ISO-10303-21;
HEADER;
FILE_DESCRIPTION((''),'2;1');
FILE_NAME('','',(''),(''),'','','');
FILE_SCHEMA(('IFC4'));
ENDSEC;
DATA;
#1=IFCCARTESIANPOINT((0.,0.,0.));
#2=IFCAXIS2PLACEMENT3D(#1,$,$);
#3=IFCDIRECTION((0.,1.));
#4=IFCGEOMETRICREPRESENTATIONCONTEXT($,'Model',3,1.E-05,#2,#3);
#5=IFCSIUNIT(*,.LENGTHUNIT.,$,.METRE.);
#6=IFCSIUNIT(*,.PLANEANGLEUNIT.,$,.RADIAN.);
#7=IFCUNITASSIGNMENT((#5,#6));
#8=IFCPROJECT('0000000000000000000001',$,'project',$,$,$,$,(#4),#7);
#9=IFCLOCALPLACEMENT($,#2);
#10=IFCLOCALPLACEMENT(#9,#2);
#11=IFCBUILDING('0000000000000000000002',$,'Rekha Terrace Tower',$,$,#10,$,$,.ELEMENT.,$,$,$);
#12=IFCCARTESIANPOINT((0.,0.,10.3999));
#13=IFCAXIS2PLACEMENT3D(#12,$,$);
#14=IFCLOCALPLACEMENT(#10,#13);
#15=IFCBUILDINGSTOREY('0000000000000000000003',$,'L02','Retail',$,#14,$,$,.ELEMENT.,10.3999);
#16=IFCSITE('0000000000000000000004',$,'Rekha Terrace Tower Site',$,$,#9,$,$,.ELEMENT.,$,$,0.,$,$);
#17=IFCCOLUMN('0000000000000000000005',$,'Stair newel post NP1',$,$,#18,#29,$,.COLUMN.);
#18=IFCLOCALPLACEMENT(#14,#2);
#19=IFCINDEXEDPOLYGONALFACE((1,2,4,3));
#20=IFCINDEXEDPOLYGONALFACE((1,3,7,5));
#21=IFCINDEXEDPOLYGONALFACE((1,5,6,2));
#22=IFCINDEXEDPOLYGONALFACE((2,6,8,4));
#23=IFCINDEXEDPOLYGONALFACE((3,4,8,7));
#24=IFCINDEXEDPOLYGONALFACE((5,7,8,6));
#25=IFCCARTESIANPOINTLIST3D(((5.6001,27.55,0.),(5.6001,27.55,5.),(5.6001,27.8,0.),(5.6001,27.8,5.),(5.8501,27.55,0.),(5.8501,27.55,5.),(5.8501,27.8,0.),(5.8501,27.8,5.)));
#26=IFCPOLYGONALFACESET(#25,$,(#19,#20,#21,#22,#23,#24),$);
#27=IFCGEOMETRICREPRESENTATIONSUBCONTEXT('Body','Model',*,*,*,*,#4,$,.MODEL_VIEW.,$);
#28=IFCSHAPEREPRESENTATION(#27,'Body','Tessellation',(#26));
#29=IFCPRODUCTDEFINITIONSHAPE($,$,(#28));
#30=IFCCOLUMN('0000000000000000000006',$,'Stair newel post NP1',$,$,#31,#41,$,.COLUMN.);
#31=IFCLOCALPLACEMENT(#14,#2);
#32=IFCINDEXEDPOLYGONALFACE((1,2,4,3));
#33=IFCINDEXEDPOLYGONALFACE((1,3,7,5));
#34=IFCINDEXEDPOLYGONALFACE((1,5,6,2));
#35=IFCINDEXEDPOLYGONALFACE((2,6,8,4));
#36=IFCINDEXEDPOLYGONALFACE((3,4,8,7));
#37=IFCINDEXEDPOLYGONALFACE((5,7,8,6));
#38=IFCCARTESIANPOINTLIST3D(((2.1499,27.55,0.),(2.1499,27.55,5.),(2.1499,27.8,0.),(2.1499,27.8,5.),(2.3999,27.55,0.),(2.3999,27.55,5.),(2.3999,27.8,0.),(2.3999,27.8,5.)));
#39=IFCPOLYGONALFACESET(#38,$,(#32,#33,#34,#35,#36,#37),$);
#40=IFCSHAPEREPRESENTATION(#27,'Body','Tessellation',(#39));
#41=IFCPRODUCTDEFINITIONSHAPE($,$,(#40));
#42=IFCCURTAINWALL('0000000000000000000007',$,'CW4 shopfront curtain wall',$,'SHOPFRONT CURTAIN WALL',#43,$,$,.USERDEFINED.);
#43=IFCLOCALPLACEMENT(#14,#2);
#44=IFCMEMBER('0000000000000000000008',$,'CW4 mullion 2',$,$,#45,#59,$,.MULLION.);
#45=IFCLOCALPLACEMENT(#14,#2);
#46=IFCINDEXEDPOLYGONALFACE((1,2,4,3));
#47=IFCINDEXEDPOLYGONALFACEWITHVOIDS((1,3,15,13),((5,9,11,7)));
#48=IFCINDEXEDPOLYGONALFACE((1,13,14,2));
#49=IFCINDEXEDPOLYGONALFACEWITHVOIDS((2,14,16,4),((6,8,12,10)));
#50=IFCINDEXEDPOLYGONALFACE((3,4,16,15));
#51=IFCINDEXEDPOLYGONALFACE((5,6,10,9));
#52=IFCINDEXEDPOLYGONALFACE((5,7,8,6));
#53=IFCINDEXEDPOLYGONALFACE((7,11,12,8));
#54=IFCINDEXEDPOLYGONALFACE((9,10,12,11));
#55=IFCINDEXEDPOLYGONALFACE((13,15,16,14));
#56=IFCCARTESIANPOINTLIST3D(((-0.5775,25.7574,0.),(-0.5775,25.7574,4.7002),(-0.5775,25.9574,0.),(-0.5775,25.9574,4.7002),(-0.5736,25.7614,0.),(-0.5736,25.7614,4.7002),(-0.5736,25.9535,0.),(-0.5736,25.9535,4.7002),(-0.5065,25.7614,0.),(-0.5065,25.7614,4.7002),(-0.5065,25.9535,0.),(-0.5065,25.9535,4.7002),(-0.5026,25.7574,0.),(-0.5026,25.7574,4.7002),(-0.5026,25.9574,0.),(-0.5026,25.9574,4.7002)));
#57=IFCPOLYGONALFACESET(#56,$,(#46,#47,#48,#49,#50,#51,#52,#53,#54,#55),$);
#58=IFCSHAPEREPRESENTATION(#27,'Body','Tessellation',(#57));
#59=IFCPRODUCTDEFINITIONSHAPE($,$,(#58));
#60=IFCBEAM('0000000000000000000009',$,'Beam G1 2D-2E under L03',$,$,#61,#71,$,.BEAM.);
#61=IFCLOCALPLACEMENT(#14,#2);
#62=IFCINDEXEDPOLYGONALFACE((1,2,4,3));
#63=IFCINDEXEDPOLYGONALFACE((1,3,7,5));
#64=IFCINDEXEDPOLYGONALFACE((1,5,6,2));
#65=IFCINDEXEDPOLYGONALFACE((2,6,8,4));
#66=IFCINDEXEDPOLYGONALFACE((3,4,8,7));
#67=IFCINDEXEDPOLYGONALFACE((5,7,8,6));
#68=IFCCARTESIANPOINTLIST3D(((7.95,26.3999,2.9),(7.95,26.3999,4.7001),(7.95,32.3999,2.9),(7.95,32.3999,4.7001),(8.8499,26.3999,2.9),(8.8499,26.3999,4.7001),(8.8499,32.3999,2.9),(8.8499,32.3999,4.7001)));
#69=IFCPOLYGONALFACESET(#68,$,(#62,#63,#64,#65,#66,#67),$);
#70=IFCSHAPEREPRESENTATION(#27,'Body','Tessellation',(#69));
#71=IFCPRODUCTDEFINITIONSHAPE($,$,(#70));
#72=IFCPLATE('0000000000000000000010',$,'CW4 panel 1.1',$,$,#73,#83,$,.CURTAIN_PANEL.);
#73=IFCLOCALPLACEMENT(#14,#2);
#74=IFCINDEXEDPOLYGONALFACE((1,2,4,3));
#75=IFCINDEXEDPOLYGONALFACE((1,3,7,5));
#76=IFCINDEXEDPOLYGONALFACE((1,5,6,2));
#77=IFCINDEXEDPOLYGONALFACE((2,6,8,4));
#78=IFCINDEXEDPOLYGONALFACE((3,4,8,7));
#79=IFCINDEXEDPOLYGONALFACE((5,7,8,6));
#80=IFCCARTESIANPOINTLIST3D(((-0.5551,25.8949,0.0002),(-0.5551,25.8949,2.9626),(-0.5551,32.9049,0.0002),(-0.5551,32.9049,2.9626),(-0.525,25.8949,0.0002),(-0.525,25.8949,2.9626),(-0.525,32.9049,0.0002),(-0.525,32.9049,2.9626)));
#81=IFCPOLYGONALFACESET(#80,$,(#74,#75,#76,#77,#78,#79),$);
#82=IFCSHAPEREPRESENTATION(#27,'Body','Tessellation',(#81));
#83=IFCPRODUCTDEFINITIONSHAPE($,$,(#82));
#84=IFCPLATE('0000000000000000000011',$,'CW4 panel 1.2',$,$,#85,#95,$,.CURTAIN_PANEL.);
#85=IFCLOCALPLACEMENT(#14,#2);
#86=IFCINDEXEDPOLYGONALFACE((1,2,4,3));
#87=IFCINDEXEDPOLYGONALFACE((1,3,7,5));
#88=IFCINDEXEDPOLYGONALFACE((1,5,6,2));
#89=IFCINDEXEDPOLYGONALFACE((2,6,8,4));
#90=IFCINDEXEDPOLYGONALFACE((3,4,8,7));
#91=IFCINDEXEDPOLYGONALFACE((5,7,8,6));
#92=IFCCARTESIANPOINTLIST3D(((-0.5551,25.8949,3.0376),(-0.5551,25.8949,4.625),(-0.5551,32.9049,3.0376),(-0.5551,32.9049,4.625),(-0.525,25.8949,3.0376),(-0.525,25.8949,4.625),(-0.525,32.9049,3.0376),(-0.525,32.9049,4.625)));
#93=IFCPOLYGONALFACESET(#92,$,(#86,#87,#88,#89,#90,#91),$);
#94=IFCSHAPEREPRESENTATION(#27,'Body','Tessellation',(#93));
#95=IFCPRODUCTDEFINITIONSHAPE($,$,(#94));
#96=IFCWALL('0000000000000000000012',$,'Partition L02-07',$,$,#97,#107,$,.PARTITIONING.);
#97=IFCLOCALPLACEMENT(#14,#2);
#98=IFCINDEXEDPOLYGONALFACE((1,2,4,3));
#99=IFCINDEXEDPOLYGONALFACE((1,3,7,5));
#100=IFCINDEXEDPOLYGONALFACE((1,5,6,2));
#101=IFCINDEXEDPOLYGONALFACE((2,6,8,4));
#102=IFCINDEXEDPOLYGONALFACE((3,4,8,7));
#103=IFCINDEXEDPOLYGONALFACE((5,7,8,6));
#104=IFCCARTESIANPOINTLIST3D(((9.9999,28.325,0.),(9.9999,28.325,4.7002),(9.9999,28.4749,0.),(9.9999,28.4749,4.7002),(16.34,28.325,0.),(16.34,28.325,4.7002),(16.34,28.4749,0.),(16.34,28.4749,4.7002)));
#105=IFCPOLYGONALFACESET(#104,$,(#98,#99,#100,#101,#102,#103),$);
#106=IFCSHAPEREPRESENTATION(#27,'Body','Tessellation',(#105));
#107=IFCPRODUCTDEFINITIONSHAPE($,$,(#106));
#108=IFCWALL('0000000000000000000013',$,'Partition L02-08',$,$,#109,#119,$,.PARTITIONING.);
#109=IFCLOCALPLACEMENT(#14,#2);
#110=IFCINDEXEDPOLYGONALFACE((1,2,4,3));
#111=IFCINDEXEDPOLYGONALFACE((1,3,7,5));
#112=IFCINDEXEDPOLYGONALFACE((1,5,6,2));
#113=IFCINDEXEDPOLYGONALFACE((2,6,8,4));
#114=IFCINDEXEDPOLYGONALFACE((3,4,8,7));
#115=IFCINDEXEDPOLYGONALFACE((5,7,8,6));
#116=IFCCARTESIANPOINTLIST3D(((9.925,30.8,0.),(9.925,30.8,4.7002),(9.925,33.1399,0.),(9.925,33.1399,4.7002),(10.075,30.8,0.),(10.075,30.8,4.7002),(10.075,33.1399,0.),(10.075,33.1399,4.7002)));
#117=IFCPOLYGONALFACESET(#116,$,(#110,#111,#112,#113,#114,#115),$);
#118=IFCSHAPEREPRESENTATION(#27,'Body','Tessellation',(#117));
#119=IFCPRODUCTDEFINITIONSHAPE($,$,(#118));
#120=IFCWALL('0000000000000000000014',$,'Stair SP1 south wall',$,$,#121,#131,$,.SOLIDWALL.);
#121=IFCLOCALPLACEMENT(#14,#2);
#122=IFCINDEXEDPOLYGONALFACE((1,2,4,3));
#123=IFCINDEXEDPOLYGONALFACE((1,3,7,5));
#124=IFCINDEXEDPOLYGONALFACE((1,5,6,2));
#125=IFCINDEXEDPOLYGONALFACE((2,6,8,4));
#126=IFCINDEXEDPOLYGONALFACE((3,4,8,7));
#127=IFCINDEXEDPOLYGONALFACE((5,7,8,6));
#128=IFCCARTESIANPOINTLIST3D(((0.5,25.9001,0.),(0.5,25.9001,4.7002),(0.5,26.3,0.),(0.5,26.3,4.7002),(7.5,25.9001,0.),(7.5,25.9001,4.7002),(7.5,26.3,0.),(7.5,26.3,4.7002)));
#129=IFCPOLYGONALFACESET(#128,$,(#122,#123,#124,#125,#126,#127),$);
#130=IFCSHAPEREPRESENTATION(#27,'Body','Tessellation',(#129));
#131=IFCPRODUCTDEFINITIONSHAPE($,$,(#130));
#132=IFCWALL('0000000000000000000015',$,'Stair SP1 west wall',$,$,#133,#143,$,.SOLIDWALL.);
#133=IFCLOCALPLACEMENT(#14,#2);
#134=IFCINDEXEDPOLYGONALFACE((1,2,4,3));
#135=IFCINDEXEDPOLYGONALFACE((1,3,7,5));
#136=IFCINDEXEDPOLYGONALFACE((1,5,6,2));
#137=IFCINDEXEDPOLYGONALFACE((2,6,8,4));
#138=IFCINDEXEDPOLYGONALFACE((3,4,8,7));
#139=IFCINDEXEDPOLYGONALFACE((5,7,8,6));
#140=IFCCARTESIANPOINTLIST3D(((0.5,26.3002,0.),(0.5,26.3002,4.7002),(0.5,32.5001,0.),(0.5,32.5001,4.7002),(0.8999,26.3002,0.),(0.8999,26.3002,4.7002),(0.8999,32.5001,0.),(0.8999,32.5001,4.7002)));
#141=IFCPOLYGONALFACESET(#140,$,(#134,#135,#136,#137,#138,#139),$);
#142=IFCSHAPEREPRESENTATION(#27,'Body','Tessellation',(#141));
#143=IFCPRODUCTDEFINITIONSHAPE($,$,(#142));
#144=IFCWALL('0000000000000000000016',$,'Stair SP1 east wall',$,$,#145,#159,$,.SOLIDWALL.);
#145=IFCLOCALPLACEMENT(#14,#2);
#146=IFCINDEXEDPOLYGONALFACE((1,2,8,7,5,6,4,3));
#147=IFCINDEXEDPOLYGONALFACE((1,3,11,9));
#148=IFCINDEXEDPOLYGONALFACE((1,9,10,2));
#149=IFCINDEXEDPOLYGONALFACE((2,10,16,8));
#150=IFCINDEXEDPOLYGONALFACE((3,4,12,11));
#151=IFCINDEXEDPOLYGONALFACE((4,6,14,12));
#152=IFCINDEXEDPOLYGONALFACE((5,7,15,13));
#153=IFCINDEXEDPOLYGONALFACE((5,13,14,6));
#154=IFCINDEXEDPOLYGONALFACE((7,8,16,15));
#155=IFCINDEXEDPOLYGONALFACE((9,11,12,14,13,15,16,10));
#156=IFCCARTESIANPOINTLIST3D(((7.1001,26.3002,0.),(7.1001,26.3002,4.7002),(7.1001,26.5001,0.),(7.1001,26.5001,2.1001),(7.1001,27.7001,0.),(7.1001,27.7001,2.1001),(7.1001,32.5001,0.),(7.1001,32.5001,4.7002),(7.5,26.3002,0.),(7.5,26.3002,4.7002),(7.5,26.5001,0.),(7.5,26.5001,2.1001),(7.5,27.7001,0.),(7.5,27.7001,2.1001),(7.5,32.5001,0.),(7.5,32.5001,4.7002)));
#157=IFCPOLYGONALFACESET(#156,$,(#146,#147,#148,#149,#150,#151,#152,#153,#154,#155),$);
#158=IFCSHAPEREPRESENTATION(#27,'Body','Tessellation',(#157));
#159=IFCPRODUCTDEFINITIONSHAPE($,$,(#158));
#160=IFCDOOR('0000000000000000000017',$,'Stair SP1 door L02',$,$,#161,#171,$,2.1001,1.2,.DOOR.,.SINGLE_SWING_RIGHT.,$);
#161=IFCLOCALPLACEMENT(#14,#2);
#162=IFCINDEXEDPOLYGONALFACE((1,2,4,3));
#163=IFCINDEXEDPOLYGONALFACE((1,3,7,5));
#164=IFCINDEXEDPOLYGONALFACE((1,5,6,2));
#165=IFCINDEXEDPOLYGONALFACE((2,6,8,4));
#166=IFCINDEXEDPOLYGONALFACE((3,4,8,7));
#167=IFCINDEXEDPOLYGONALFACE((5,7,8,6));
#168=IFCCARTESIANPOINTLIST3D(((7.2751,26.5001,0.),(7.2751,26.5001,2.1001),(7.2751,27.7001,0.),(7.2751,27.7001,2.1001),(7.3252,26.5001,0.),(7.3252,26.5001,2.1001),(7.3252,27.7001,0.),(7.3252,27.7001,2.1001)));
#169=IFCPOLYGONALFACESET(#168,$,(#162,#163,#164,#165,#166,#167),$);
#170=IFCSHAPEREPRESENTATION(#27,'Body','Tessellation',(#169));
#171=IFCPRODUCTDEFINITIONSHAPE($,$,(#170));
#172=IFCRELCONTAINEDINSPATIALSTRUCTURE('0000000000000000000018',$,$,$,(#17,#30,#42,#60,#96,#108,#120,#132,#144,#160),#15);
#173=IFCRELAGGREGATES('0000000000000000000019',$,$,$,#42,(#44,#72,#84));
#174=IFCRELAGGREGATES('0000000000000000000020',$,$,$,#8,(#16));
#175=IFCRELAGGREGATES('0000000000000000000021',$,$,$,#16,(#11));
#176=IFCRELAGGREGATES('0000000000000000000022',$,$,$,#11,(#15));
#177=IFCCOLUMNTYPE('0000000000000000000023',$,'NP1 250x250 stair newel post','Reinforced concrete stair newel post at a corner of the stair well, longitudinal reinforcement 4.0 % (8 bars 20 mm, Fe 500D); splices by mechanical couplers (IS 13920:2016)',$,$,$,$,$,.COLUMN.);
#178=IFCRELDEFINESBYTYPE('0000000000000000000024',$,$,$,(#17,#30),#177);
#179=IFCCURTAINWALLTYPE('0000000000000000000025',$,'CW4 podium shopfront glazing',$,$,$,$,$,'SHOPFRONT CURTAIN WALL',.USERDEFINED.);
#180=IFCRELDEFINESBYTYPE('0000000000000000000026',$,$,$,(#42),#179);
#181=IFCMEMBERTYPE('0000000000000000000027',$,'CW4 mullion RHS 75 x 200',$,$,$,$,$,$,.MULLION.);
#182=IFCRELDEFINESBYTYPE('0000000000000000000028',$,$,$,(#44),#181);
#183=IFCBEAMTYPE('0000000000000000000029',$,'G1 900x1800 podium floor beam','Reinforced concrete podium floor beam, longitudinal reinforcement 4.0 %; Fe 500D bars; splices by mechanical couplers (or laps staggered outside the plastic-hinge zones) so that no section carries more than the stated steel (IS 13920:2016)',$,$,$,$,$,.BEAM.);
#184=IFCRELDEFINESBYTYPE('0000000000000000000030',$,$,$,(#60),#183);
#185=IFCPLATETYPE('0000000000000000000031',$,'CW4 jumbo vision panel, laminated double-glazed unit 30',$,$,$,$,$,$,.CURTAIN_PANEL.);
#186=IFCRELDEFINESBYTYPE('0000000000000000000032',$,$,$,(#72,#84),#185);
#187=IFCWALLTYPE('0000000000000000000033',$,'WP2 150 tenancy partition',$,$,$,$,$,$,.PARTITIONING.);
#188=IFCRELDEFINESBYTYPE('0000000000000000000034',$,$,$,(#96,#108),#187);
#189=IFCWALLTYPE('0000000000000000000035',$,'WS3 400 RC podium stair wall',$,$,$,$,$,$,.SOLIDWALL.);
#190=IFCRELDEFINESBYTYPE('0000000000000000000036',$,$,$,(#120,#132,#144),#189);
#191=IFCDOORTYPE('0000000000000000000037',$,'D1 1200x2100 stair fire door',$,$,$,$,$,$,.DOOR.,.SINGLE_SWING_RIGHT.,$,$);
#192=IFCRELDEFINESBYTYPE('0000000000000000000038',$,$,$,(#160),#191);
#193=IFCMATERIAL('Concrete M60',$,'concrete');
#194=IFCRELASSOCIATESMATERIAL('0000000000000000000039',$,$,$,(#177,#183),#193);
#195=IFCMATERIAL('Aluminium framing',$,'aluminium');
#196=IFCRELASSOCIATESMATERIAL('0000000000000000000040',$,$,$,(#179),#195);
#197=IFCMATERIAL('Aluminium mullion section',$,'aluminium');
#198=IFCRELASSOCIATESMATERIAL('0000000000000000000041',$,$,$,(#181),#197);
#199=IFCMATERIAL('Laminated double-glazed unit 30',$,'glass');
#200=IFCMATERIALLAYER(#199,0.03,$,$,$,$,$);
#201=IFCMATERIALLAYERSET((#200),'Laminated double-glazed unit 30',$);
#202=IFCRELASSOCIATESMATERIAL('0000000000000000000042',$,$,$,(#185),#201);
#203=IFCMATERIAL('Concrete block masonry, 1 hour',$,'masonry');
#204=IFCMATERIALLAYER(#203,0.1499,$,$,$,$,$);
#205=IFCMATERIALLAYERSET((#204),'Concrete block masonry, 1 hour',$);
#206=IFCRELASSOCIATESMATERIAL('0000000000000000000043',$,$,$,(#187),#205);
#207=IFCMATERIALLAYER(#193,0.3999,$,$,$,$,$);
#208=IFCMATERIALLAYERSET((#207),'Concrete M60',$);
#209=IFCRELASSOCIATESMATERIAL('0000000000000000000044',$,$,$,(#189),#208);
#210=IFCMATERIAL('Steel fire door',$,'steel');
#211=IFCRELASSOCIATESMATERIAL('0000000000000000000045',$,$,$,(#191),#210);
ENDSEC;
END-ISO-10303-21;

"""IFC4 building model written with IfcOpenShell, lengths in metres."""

from ifc_helpers import new_model, si_unit, direction, frame, frame_2d, origin, origin_2d, place, context, subcontext, project, spatial, rectangle, hollow_rectangle, extrude, material, layer, layer_set, material_profile, profile_set, type_object, element, fill, aggregate, save


model = new_model("IFC4")

# Units and contexts
model_context = context("Model", 3, precision=1e-05, world=origin(), true_north=direction((0.0, 1.0)))
body_context = subcontext(model_context, "Body", "Model", "MODEL_VIEW")
ifc_project = project(units=[si_unit("LENGTHUNIT", "METRE"), si_unit("PLANEANGLEUNIT", "RADIAN")], contexts=[model_context])

# Site, building, storey
site_placement = place(None, origin())
site = spatial("IfcSite", under=ifc_project, at=site_placement, Name="Rekha Terrace Tower Site", CompositionType="ELEMENT", RefElevation=0.0)
building_placement = place(site_placement, origin())
building = spatial("IfcBuilding", under=site, at=building_placement, Name="Rekha Terrace Tower", CompositionType="ELEMENT")
storey_placement = place(building_placement, frame((0.0, 0.0, 10.3999)))
storey = spatial("IfcBuildingStorey", under=building, at=storey_placement, Name="L02", Description="Retail", CompositionType="ELEMENT", Elevation=10.3999)

# Columns
ifc_material_1 = material(Name="Concrete M60", Category="concrete")
ifc_material_profile_1 = material_profile(ifc_material_1, rectangle(XDim=0.25, YDim=0.25, at=origin_2d()), Name="RC 250x250")
ifc_profile_set_1 = profile_set([ifc_material_profile_1], Name="Concrete M60")
column_type = type_object("IfcColumnType", Name="NP1 250x250 stair newel post", Description="Reinforced concrete stair newel post at a corner of the stair well, longitudinal reinforcement 4.0 % (8 bars 20 mm, Fe 500D); splices by mechanical couplers (IS 13920:2016)", PredefinedType="COLUMN", material=ifc_profile_set_1)
for number, where, z_axis, x_axis, name in (
    (1, (5.7251, 27.675, 0.0), (0.0, 0.0, 1.0), (1.0, 0.0, 0.0), "Stair newel post NP1"),
    (2, (2.2749, 27.675, 0.0), (0.0, 0.0, 1.0), (1.0, 0.0, 0.0), "Stair newel post NP1"),
):
    element("IfcColumn", number, at=place(storey_placement, frame(where, z_axis=z_axis, x_axis=x_axis)), inside=storey, type_object=column_type, Name=name, PredefinedType="COLUMN", context=body_context, shape_type="SweptSolid", body=[
        extrude(rectangle(XDim=0.25, YDim=0.25, at=origin_2d()), origin(), (0.0, 0.0, 1.0), 5.0),
    ])

# Curtain wall, member
ifc_material_2 = material(Name="Aluminium framing", Category="aluminium")
curtain_wall_type = type_object("IfcCurtainWallType", Name="CW4 podium shopfront glazing", ElementType="SHOPFRONT CURTAIN WALL", PredefinedType="USERDEFINED", material=ifc_material_2)
curtain_wall_placement = place(storey_placement, origin())
curtain_wall = element("IfcCurtainWall", 3, at=curtain_wall_placement, inside=storey, type_object=curtain_wall_type, Name="CW4 shopfront curtain wall", ObjectType="SHOPFRONT CURTAIN WALL", PredefinedType="USERDEFINED")
ifc_material_3 = material(Name="Aluminium mullion section", Category="aluminium")
ifc_material_profile_2 = material_profile(ifc_material_3, hollow_rectangle(XDim=0.075, YDim=0.2, WallThickness=0.0039, at=origin_2d()), Name="AL RHS 75x200")
ifc_profile_set_2 = profile_set([ifc_material_profile_2], Name="Aluminium mullion section")
member_type = type_object("IfcMemberType", Name="CW4 mullion RHS 75 x 200", PredefinedType="MULLION", material=ifc_profile_set_2)
member_placement = place(storey_placement, frame((-0.54, 25.8574, 0.0), z_axis=(0.0, 0.0, 1.0), x_axis=(1.0, 0.0, 0.0)))
member = element("IfcMember", 4, at=member_placement, type_object=member_type, Name="CW4 mullion 2", PredefinedType="MULLION", context=body_context, shape_type="SweptSolid", body=[
    extrude(hollow_rectangle(XDim=0.075, YDim=0.2, WallThickness=0.0039, at=origin_2d()), origin(), (0.0, 0.0, 1.0), 4.7002),
])

# Beam
ifc_material_profile_3 = material_profile(ifc_material_1, rectangle(XDim=0.8999, YDim=1.8, at=origin_2d()), Name="RC 900x1800")
ifc_profile_set_3 = profile_set([ifc_material_profile_3], Name="Concrete M60")
beam_type = type_object("IfcBeamType", Name="G1 900x1800 podium floor beam", Description="Reinforced concrete podium floor beam, longitudinal reinforcement 4.0 %; Fe 500D bars; splices by mechanical couplers (or laps staggered outside the plastic-hinge zones) so that no section carries more than the stated steel (IS 13920:2016)", PredefinedType="BEAM", material=ifc_profile_set_3)
beam_placement = place(storey_placement, frame((8.3999, 26.3999, 3.8), z_axis=(0.0, 1.0, 0.0), x_axis=(-1.0, 0.0, 0.0)))
element("IfcBeam", 5, at=beam_placement, inside=storey, type_object=beam_type, Name="Beam G1 2D-2E under L03", PredefinedType="BEAM", context=body_context, shape_type="SweptSolid", body=[
    extrude(rectangle(XDim=0.8999, YDim=1.8, at=origin_2d()), origin(), (0.0, 0.0, 1.0), 6.0),
])

# Plates
ifc_material_4 = material(Name="Laminated double-glazed unit 30", Category="glass")
ifc_layer_1 = layer(ifc_material_4, 0.03)
ifc_layer_set_1 = layer_set([ifc_layer_1], Name="Laminated double-glazed unit 30")
plate_type = type_object("IfcPlateType", Name="CW4 jumbo vision panel, laminated double-glazed unit 30", PredefinedType="CURTAIN_PANEL", material=ifc_layer_set_1)
plate_1_placement = place(storey_placement, frame((-0.54, 29.3999, 0.0002), z_axis=(0.0, 0.0, 1.0), x_axis=(0.0, -1.0, 0.0)))
plate_1 = element("IfcPlate", 6, at=plate_1_placement, type_object=plate_type, Name="CW4 panel 1.1", PredefinedType="CURTAIN_PANEL", context=body_context, shape_type="SweptSolid", body=[
    extrude(rectangle(XDim=7.01, YDim=0.03, at=origin_2d()), origin(), (0.0, 0.0, 1.0), 2.9624),
])
plate_2_placement = place(storey_placement, frame((-0.54, 29.3999, 3.0376), z_axis=(0.0, 0.0, 1.0), x_axis=(0.0, -1.0, 0.0)))
plate_2 = element("IfcPlate", 7, at=plate_2_placement, type_object=plate_type, Name="CW4 panel 1.2", PredefinedType="CURTAIN_PANEL", context=body_context, shape_type="SweptSolid", body=[
    extrude(rectangle(XDim=7.01, YDim=0.03, at=origin_2d()), origin(), (0.0, 0.0, 1.0), 1.5874),
])
aggregate(curtain_wall, [member, plate_1, plate_2])

# Walls
ifc_material_5 = material(Name="Concrete block masonry, 1 hour", Category="masonry")
ifc_layer_2 = layer(ifc_material_5, 0.1499)
ifc_layer_set_2 = layer_set([ifc_layer_2], Name="Concrete block masonry, 1 hour")
wall_type_1 = type_object("IfcWallType", Name="WP2 150 tenancy partition", PredefinedType="PARTITIONING", material=ifc_layer_set_2)
wall_1_placement = place(storey_placement, frame((10.0, 28.3999, 0.0), z_axis=(0.0, 0.0, 1.0), x_axis=(1.0, 0.0, 0.0)))
element("IfcWall", 8, at=wall_1_placement, inside=storey, type_object=wall_type_1, Name="Partition L02-07", PredefinedType="PARTITIONING", context=body_context, shape_type="SweptSolid", body=[
    extrude(rectangle(XDim=6.3401, YDim=0.1499, at=frame_2d((3.1699, 0.0))), origin(), (0.0, 0.0, 1.0), 4.7002),
])
wall_2_placement = place(storey_placement, frame((10.0, 30.8, 0.0), z_axis=(0.0, 0.0, 1.0), x_axis=(0.0, 1.0, 0.0)))
element("IfcWall", 9, at=wall_2_placement, inside=storey, type_object=wall_type_1, Name="Partition L02-08", PredefinedType="PARTITIONING", context=body_context, shape_type="SweptSolid", body=[
    extrude(rectangle(XDim=2.3398, YDim=0.1499, at=frame_2d((1.1699, 0.0))), origin(), (0.0, 0.0, 1.0), 4.7002),
])
ifc_layer_3 = layer(ifc_material_1, 0.3999)
ifc_layer_set_3 = layer_set([ifc_layer_3], Name="Concrete M60")
wall_type_2 = type_object("IfcWallType", Name="WS3 400 RC podium stair wall", PredefinedType="SOLIDWALL", material=ifc_layer_set_3)
wall_3_placement = place(storey_placement, frame((0.5, 26.1001, 0.0), z_axis=(0.0, 0.0, 1.0), x_axis=(1.0, 0.0, 0.0)))
element("IfcWall", 10, at=wall_3_placement, inside=storey, type_object=wall_type_2, Name="Stair SP1 south wall", PredefinedType="SOLIDWALL", context=body_context, shape_type="SweptSolid", body=[
    extrude(rectangle(XDim=7.0, YDim=0.3999, at=frame_2d((3.5, 0.0))), origin(), (0.0, 0.0, 1.0), 4.7002),
])
wall_4_placement = place(storey_placement, frame((0.7, 26.3, 0.0), z_axis=(0.0, 0.0, 1.0), x_axis=(0.0, 1.0, 0.0)))
element("IfcWall", 11, at=wall_4_placement, inside=storey, type_object=wall_type_2, Name="Stair SP1 west wall", PredefinedType="SOLIDWALL", context=body_context, shape_type="SweptSolid", body=[
    extrude(rectangle(XDim=6.2, YDim=0.3999, at=frame_2d((3.1001, 0.0))), origin(), (0.0, 0.0, 1.0), 4.7002),
])

# Wall, opening, door
wall_5_placement = place(storey_placement, frame((7.3, 26.3, 0.0), z_axis=(0.0, 0.0, 1.0), x_axis=(0.0, 1.0, 0.0)))
wall_5 = element("IfcWall", 12, at=wall_5_placement, inside=storey, type_object=wall_type_2, Name="Stair SP1 east wall", PredefinedType="SOLIDWALL", context=body_context, shape_type="SweptSolid", body=[
    extrude(rectangle(XDim=6.2, YDim=0.3999, at=frame_2d((3.1001, 0.0))), origin(), (0.0, 0.0, 1.0), 4.7002),
])
opening_placement = place(wall_5_placement, frame((0.2, 0.0, 0.0)))
opening = element("IfcOpeningElement", 13, at=opening_placement, cuts=wall_5, PredefinedType="OPENING", context=body_context, shape_type="SweptSolid", body=[
    extrude(rectangle(XDim=1.2, YDim=2.1001, at=frame_2d((0.6001, 1.05))), frame((0.0, 0.21, 0.0), z_axis=(0.0, -1.0, 0.0), x_axis=(1.0, 0.0, 0.0)), (0.0, 0.0, 1.0), 0.4199),
])
ifc_material_6 = material(Name="Steel fire door", Category="steel")
door_type = type_object("IfcDoorType", Name="D1 1200x2100 stair fire door", OperationType="SINGLE_SWING_RIGHT", PredefinedType="DOOR", material=ifc_material_6)
door_placement = place(opening_placement, origin())
door = element("IfcDoor", 14, at=door_placement, inside=storey, type_object=door_type, Name="Stair SP1 door L02", OperationType="SINGLE_SWING_RIGHT", OverallHeight=2.1001, OverallWidth=1.2, PredefinedType="DOOR", context=body_context, shape_type="SweptSolid", body=[
    extrude(rectangle(XDim=1.2, YDim=2.1001, at=frame_2d((0.6001, 1.05))), frame((0.0, 0.0249, 0.0), z_axis=(0.0, -1.0, 0.0), x_axis=(1.0, 0.0, 0.0)), (0.0, 0.0, 1.0), 0.05),
])
fill(opening, door)

save(model, "model.ifc")
